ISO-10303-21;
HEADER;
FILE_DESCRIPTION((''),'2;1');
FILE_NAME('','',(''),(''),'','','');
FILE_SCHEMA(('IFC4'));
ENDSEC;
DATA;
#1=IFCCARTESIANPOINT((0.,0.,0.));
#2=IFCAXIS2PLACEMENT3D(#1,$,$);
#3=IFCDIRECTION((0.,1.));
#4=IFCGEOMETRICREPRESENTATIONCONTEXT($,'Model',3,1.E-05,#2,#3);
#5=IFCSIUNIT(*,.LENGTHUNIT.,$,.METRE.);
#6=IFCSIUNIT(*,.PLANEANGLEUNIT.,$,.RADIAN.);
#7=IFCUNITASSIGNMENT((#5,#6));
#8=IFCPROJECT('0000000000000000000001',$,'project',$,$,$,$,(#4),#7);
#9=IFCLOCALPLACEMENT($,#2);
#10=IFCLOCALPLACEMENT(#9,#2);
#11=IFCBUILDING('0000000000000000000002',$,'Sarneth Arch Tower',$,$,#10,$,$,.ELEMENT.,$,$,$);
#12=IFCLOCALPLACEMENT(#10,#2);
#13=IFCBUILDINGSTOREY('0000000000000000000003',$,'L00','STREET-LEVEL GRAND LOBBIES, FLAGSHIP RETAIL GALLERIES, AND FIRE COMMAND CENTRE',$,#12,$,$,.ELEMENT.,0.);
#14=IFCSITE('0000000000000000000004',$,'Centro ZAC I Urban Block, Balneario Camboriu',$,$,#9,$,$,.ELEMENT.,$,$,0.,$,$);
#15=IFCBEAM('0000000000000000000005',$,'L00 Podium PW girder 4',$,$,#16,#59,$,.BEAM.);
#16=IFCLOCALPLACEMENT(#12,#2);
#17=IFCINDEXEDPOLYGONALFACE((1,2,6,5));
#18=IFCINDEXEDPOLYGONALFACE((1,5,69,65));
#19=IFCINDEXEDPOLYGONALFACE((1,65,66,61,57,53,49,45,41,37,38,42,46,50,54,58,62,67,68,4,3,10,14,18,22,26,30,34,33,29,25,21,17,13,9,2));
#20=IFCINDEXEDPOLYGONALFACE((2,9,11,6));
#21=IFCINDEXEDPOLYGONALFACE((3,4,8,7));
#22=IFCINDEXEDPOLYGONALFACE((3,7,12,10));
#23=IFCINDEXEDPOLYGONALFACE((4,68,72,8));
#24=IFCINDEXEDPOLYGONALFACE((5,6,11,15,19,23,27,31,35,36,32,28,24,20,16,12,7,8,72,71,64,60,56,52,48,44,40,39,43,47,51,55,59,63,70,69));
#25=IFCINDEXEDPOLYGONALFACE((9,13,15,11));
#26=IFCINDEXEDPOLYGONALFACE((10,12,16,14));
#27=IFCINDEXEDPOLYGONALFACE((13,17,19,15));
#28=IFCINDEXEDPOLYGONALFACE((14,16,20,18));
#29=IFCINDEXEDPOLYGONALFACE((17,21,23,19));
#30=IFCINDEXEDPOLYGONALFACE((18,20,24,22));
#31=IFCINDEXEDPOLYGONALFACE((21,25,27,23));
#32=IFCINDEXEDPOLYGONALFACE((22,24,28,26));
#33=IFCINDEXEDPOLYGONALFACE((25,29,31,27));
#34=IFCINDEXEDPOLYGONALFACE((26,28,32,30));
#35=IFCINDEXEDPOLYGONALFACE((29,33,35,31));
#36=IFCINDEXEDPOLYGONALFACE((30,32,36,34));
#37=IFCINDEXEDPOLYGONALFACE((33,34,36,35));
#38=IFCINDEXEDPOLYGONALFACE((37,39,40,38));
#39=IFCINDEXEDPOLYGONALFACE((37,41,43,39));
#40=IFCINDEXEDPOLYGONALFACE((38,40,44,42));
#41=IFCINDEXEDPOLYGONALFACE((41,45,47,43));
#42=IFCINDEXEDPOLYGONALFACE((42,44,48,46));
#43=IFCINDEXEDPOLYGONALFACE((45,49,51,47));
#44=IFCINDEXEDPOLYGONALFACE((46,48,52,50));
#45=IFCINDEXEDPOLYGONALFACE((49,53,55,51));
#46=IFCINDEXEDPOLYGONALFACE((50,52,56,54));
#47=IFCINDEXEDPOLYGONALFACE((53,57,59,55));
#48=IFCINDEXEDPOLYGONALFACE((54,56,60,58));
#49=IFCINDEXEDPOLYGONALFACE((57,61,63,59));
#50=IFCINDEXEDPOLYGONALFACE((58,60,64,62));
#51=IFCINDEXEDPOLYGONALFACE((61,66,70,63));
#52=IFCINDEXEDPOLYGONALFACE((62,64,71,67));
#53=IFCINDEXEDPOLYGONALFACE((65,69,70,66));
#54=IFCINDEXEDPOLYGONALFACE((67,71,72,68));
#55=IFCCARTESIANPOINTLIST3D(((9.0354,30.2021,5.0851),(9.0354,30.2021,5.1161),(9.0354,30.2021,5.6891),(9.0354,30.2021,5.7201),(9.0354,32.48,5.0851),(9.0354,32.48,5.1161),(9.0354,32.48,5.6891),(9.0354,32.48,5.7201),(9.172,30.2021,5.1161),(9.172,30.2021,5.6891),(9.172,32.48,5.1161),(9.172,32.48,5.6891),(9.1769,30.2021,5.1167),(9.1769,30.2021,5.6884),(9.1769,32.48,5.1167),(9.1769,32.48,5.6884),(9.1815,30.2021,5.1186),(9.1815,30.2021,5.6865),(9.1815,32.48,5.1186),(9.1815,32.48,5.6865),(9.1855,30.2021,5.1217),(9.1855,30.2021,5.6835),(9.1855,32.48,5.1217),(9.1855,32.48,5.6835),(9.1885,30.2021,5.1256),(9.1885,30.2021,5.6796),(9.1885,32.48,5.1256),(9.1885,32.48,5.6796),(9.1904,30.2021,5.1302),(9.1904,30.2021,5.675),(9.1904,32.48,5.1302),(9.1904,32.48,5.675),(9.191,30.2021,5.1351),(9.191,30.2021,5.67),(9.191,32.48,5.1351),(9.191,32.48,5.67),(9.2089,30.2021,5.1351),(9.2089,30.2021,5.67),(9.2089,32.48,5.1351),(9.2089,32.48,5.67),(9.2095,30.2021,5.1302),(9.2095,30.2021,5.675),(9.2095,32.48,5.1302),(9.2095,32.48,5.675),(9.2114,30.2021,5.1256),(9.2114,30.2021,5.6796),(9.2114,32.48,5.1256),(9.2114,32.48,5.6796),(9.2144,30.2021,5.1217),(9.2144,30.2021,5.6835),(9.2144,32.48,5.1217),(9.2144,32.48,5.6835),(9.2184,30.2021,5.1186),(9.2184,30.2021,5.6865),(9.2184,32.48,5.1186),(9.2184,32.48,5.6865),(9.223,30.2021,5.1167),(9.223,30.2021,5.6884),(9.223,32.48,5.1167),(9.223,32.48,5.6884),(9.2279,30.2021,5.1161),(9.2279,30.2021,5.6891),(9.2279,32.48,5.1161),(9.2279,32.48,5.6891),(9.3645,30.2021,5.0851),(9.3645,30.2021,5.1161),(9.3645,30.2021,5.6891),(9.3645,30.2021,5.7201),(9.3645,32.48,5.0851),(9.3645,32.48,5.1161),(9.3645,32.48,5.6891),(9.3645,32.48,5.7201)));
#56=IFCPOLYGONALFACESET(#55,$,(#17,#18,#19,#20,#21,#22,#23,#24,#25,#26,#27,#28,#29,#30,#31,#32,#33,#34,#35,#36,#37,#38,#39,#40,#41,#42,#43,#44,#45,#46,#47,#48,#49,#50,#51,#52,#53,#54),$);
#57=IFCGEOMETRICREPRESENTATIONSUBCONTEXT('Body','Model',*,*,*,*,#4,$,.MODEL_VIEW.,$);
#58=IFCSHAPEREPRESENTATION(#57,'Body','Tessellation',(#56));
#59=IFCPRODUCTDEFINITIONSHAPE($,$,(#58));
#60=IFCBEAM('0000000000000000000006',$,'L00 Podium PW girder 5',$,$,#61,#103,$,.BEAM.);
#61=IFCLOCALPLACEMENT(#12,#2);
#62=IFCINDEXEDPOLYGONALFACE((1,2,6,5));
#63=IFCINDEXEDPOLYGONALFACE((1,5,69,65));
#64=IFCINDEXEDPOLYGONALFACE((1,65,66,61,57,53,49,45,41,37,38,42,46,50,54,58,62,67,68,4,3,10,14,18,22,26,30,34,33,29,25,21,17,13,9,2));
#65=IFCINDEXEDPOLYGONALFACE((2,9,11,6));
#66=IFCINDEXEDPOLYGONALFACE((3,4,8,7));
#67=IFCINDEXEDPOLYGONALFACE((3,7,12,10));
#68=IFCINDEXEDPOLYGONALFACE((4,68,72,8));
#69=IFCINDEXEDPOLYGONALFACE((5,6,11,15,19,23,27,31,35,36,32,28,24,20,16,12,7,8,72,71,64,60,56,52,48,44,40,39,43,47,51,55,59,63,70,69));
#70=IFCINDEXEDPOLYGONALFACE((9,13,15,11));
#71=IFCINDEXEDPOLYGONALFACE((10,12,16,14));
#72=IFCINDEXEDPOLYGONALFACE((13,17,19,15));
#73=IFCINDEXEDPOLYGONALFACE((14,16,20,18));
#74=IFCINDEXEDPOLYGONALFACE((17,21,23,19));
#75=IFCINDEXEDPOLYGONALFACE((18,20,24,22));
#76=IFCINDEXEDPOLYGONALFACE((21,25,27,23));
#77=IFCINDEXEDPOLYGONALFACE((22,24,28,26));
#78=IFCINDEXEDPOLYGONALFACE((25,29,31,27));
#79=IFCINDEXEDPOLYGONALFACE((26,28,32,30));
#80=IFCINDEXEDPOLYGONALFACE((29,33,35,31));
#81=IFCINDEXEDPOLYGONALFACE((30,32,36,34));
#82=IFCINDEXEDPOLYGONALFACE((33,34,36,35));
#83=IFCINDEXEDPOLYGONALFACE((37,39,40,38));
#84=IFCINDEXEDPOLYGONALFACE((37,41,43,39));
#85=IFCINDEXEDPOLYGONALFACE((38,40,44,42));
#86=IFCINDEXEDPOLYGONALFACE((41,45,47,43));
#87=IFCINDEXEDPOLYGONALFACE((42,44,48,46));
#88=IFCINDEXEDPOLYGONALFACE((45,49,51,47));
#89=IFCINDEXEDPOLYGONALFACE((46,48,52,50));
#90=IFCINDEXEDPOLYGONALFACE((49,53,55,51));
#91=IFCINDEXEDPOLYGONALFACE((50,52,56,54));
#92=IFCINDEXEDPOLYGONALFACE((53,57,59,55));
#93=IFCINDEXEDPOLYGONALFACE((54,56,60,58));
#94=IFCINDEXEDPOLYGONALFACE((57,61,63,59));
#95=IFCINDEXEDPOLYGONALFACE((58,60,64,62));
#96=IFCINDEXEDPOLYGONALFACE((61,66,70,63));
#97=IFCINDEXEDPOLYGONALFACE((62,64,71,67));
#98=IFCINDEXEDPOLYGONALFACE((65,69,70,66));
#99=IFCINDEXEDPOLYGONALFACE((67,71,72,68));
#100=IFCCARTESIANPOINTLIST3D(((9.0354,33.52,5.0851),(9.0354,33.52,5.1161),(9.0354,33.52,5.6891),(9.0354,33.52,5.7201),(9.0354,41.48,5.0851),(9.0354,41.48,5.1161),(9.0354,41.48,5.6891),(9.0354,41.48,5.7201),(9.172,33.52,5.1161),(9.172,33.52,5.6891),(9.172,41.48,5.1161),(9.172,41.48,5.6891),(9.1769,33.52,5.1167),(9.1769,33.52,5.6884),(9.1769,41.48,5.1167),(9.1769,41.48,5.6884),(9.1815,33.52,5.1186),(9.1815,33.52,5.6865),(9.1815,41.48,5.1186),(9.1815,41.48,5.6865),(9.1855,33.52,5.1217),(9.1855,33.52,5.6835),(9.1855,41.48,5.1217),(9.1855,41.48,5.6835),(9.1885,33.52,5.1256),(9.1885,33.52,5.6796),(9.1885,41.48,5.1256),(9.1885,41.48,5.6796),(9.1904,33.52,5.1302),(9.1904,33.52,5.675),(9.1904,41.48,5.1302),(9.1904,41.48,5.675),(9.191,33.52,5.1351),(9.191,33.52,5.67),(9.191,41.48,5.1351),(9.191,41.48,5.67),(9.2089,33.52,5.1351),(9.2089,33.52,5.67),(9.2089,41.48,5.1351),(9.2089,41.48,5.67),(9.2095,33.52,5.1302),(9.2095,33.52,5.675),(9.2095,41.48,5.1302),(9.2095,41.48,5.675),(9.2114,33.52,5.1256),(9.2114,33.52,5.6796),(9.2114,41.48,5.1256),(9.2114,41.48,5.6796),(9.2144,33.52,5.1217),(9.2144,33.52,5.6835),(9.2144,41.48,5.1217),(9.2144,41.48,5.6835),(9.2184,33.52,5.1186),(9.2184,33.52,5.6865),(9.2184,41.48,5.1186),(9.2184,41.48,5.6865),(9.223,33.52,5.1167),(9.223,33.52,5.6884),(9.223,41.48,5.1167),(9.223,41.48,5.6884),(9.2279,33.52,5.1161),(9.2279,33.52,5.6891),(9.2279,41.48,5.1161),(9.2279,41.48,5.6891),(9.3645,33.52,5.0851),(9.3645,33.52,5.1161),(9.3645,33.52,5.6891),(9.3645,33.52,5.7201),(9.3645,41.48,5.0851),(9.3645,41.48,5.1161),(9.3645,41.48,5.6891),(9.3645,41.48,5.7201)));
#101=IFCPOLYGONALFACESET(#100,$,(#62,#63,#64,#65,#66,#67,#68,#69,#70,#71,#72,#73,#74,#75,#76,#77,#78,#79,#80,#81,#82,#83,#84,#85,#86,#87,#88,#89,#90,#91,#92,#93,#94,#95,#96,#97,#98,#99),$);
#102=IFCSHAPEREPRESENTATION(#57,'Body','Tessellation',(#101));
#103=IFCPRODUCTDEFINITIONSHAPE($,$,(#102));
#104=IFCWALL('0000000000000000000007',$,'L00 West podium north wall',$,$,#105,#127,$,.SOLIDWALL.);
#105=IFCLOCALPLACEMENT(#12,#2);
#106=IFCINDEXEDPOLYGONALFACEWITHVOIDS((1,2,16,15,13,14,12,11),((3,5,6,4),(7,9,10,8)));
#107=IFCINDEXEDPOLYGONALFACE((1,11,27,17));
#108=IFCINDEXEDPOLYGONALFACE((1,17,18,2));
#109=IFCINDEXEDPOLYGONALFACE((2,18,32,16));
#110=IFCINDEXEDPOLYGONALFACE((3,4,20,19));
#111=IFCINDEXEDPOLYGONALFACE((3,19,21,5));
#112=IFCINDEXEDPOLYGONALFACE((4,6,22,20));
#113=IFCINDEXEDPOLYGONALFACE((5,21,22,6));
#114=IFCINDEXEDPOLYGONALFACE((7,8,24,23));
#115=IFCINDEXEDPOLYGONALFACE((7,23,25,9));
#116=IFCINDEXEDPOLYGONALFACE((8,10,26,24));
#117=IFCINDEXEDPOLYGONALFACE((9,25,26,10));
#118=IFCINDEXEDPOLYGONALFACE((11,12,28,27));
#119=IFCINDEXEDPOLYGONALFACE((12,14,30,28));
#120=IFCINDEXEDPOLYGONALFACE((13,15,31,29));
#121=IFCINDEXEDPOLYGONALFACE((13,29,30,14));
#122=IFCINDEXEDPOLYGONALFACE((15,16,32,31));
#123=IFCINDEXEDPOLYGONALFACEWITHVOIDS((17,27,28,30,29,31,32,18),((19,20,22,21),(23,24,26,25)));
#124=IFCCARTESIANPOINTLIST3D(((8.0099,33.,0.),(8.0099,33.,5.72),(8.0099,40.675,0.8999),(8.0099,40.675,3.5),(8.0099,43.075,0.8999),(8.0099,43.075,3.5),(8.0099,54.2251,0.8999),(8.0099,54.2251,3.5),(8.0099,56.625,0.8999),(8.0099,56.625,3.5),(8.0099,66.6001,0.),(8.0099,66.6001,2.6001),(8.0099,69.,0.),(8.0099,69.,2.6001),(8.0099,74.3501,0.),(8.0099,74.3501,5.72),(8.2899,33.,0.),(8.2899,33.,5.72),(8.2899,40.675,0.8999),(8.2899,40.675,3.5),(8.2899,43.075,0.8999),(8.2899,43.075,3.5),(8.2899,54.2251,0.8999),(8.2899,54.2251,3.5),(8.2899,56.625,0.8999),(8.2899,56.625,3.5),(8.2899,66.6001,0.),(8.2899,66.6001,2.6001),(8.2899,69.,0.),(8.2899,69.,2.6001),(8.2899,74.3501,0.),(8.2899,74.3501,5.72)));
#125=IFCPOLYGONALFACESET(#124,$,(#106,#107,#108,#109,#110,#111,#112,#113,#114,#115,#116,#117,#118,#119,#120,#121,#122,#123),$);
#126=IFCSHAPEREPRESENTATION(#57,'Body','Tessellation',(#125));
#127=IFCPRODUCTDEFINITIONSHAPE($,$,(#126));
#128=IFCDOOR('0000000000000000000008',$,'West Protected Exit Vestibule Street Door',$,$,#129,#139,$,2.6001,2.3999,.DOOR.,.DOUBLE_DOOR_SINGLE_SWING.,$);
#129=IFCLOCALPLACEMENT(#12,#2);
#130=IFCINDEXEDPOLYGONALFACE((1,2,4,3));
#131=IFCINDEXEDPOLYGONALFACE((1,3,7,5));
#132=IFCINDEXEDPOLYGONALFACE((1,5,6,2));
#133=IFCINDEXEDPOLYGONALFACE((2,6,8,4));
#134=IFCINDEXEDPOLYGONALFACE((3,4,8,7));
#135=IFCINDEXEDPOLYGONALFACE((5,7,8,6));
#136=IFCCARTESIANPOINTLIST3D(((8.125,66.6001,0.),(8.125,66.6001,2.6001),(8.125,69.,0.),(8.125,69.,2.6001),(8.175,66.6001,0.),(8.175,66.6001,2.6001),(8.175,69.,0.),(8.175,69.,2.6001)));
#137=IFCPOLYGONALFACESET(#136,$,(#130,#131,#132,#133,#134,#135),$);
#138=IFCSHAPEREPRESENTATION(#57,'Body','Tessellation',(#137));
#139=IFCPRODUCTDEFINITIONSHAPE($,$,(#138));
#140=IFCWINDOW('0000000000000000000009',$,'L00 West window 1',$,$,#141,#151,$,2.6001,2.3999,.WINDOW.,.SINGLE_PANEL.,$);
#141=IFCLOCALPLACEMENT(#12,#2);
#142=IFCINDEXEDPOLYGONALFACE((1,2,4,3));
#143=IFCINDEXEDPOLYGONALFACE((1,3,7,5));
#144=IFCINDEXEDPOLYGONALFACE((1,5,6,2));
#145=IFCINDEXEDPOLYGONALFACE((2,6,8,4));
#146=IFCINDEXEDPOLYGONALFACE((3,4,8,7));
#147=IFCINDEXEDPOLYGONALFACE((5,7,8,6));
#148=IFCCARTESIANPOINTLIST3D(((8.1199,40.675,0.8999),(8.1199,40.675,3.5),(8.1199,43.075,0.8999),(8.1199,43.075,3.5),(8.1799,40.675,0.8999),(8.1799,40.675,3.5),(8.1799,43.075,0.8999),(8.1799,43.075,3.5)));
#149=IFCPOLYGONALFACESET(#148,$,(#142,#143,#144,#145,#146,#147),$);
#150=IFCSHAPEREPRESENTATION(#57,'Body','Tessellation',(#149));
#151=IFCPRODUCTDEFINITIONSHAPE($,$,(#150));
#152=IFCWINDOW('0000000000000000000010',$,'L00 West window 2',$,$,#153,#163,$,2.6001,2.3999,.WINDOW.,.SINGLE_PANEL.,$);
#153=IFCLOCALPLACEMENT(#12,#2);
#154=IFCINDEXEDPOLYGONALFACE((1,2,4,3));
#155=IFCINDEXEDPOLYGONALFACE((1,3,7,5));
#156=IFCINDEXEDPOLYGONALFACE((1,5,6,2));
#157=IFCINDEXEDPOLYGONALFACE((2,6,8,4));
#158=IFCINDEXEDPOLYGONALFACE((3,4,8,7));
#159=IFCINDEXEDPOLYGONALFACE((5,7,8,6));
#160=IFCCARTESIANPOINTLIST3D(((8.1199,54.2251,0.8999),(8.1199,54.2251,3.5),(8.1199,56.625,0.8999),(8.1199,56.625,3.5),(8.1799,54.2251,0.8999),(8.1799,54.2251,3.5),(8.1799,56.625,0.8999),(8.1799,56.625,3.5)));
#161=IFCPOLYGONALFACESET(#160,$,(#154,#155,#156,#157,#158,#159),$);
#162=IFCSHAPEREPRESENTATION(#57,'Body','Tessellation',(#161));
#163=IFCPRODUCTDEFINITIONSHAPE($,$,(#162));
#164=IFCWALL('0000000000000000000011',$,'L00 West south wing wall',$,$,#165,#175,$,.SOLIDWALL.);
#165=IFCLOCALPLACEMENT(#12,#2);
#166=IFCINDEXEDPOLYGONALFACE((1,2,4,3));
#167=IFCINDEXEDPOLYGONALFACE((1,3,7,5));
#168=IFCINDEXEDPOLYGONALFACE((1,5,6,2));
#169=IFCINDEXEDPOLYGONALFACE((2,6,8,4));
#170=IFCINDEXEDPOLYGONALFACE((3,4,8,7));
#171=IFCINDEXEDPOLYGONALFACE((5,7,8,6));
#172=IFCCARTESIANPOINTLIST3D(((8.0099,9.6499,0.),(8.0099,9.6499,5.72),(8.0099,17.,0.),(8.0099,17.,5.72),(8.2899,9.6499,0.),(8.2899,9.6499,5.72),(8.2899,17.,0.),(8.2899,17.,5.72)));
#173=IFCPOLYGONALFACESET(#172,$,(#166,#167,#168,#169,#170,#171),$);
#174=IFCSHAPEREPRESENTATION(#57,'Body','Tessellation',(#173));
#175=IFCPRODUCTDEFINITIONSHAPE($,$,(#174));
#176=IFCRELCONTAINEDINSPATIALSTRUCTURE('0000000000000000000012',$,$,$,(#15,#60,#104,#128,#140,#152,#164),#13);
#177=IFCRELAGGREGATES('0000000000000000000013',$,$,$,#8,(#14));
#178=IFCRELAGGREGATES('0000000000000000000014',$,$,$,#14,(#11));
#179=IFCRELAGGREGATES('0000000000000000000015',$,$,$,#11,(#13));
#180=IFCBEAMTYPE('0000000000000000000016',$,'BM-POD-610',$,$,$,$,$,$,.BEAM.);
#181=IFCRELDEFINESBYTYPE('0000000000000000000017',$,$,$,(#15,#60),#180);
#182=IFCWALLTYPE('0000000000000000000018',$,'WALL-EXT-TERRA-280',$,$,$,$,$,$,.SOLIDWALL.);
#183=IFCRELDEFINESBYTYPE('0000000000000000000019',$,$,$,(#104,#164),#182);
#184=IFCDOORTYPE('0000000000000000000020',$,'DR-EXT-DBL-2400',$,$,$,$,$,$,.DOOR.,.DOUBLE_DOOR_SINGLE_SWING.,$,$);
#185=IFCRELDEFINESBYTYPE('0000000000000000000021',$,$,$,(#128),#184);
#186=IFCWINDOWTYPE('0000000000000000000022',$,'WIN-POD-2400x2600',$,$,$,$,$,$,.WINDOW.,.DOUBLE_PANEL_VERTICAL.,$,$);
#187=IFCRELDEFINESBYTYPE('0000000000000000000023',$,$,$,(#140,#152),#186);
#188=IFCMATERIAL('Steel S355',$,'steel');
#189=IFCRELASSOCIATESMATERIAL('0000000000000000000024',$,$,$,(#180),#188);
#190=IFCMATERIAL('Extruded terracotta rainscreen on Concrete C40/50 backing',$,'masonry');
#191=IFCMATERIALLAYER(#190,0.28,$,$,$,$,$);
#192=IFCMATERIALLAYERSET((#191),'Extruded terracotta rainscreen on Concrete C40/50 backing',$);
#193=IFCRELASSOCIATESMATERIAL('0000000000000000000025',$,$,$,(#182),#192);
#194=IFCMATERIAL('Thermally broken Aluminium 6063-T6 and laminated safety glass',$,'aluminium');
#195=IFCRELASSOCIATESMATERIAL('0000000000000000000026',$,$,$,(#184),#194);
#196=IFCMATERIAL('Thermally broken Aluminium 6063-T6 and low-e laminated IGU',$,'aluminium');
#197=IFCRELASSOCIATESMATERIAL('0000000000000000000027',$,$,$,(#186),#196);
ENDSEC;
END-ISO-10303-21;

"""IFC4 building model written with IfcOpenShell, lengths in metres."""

from ifc_helpers import new_model, si_unit, direction, frame, frame_2d, origin, origin_2d, place, context, subcontext, project, spatial, rectangle, i_section, extrude, material, layer, layer_set, material_profile, profile_set, type_object, element, fill, save


model = new_model("IFC4")

# Units and contexts
model_context = context("Model", 3, precision=1e-05, world=origin(), true_north=direction((0.0, 1.0)))
body_context = subcontext(model_context, "Body", "Model", "MODEL_VIEW")
ifc_project = project(units=[si_unit("LENGTHUNIT", "METRE"), si_unit("PLANEANGLEUNIT", "RADIAN")], contexts=[model_context])

# Site, building, storey
site_placement = place(None, origin())
site = spatial("IfcSite", under=ifc_project, at=site_placement, Name="Centro ZAC I Urban Block, Balneario Camboriu", CompositionType="ELEMENT", RefElevation=0.0)
building_placement = place(site_placement, origin())
building = spatial("IfcBuilding", under=site, at=building_placement, Name="Sarneth Arch Tower", CompositionType="ELEMENT")
storey_placement = place(building_placement, origin())
storey = spatial("IfcBuildingStorey", under=building, at=storey_placement, Name="L00", Description="STREET-LEVEL GRAND LOBBIES, FLAGSHIP RETAIL GALLERIES, AND FIRE COMMAND CENTRE", CompositionType="ELEMENT", Elevation=0.0)

# Beams
ifc_material_1 = material(Name="Steel S355", Category="steel")
ifc_material_profile_1 = material_profile(ifc_material_1, i_section(OverallWidth=0.3291, OverallDepth=0.635, WebThickness=0.0178, FlangeThickness=0.031, FilletRadius=0.019, at=origin_2d()), Name="W610x241")
ifc_profile_set_1 = profile_set([ifc_material_profile_1], Name="Steel S355")
beam_type_1 = type_object("IfcBeamType", Name="BM-POD-610", PredefinedType="BEAM", material=ifc_profile_set_1)
beam_1_placement = place(storey_placement, frame((9.2, 30.2021, 5.4026), z_axis=(0.0, 1.0, 0.0), x_axis=(-1.0, 0.0, 0.0)))
element("IfcBeam", 1, at=beam_1_placement, inside=storey, type_object=beam_type_1, Name="L00 Podium PW girder 4", PredefinedType="BEAM", context=body_context, shape_type="SweptSolid", body=[
    extrude(i_section(OverallWidth=0.3291, OverallDepth=0.635, WebThickness=0.0178, FlangeThickness=0.031, FilletRadius=0.019, at=origin_2d()), origin(), (0.0, 0.0, 1.0), 2.2778),
])
beam_2_placement = place(storey_placement, frame((9.2, 33.52, 5.4026), z_axis=(0.0, 1.0, 0.0), x_axis=(-1.0, 0.0, 0.0)))
element("IfcBeam", 2, at=beam_2_placement, inside=storey, type_object=beam_type_1, Name="L00 Podium PW girder 5", PredefinedType="BEAM", context=body_context, shape_type="SweptSolid", body=[
    extrude(i_section(OverallWidth=0.3291, OverallDepth=0.635, WebThickness=0.0178, FlangeThickness=0.031, FilletRadius=0.019, at=origin_2d()), origin(), (0.0, 0.0, 1.0), 7.96),
])

# Wall, openings, door, windows
ifc_material_2 = material(Name="Extruded terracotta rainscreen on Concrete C40/50 backing", Category="masonry")
ifc_layer = layer(ifc_material_2, 0.28)
ifc_layer_set = layer_set([ifc_layer], Name="Extruded terracotta rainscreen on Concrete C40/50 backing")
wall_type = type_object("IfcWallType", Name="WALL-EXT-TERRA-280", PredefinedType="SOLIDWALL", material=ifc_layer_set)
wall_1_placement = place(storey_placement, frame((8.1499, 33.0, 0.0), z_axis=(0.0, 0.0, 1.0), x_axis=(0.0, 1.0, 0.0)))
wall_1 = element("IfcWall", 3, at=wall_1_placement, inside=storey, type_object=wall_type, Name="L00 West podium north wall", PredefinedType="SOLIDWALL", context=body_context, shape_type="SweptSolid", body=[
    extrude(rectangle(XDim=41.3501, YDim=0.28, at=frame_2d((20.675, 0.0))), origin(), (0.0, 0.0, 1.0), 5.72),
])
opening_1_placement = place(wall_1_placement, frame((33.6001, 0.0, 0.0)))
opening_1 = element("IfcOpeningElement", 4, at=opening_1_placement, cuts=wall_1, PredefinedType="OPENING", context=body_context, shape_type="SweptSolid", body=[
    extrude(rectangle(XDim=2.3999, YDim=2.6001, at=frame_2d((1.2, 1.3))), frame((0.0, 0.1499, 0.0), z_axis=(0.0, -1.0, 0.0), x_axis=(1.0, 0.0, 0.0)), (0.0, 0.0, 1.0), 0.3),
])
opening_2_placement = place(wall_1_placement, frame((7.675, 0.0, 0.8999)))
opening_2 = element("IfcOpeningElement", 5, at=opening_2_placement, cuts=wall_1, PredefinedType="OPENING", context=body_context, shape_type="SweptSolid", body=[
    extrude(rectangle(XDim=2.3999, YDim=2.6001, at=frame_2d((1.2, 1.3))), frame((0.0, 0.1499, 0.0), z_axis=(0.0, -1.0, 0.0), x_axis=(1.0, 0.0, 0.0)), (0.0, 0.0, 1.0), 0.3),
])
opening_3_placement = place(wall_1_placement, frame((21.2251, 0.0, 0.8999)))
opening_3 = element("IfcOpeningElement", 6, at=opening_3_placement, cuts=wall_1, PredefinedType="OPENING", context=body_context, shape_type="SweptSolid", body=[
    extrude(rectangle(XDim=2.3999, YDim=2.6001, at=frame_2d((1.2, 1.3))), frame((0.0, 0.1499, 0.0), z_axis=(0.0, -1.0, 0.0), x_axis=(1.0, 0.0, 0.0)), (0.0, 0.0, 1.0), 0.3),
])
ifc_material_3 = material(Name="Thermally broken Aluminium 6063-T6 and laminated safety glass", Category="aluminium")
door_type = type_object("IfcDoorType", Name="DR-EXT-DBL-2400", OperationType="DOUBLE_DOOR_SINGLE_SWING", PredefinedType="DOOR", material=ifc_material_3)
door_1_placement = place(opening_1_placement, origin())
door_1 = element("IfcDoor", 7, at=door_1_placement, inside=storey, type_object=door_type, Name="West Protected Exit Vestibule Street Door", OperationType="DOUBLE_DOOR_SINGLE_SWING", OverallHeight=2.6001, OverallWidth=2.3999, PredefinedType="DOOR", context=body_context, shape_type="SweptSolid", body=[
    extrude(rectangle(XDim=2.3999, YDim=2.6001, at=frame_2d((1.2, 1.3))), frame((0.0, 0.0249, 0.0), z_axis=(0.0, -1.0, 0.0), x_axis=(1.0, 0.0, 0.0)), (0.0, 0.0, 1.0), 0.05),
])
fill(opening_1, door_1)
ifc_material_4 = material(Name="Thermally broken Aluminium 6063-T6 and low-e laminated IGU", Category="aluminium")
window_type = type_object("IfcWindowType", Name="WIN-POD-2400x2600", PartitioningType="DOUBLE_PANEL_VERTICAL", PredefinedType="WINDOW", material=ifc_material_4)
window_1_placement = place(opening_2_placement, origin())
window_1 = element("IfcWindow", 8, at=window_1_placement, inside=storey, type_object=window_type, Name="L00 West window 1", OverallHeight=2.6001, OverallWidth=2.3999, PartitioningType="SINGLE_PANEL", PredefinedType="WINDOW", context=body_context, shape_type="SweptSolid", body=[
    extrude(rectangle(XDim=2.3999, YDim=2.6001, at=frame_2d((1.2, 1.3))), frame((0.0, 0.03, 0.0), z_axis=(0.0, -1.0, 0.0), x_axis=(1.0, 0.0, 0.0)), (0.0, 0.0, 1.0), 0.0601),
])
fill(opening_2, window_1)
window_2_placement = place(opening_3_placement, origin())
window_2 = element("IfcWindow", 9, at=window_2_placement, inside=storey, type_object=window_type, Name="L00 West window 2", OverallHeight=2.6001, OverallWidth=2.3999, PartitioningType="SINGLE_PANEL", PredefinedType="WINDOW", context=body_context, shape_type="SweptSolid", body=[
    extrude(rectangle(XDim=2.3999, YDim=2.6001, at=frame_2d((1.2, 1.3))), frame((0.0, 0.03, 0.0), z_axis=(0.0, -1.0, 0.0), x_axis=(1.0, 0.0, 0.0)), (0.0, 0.0, 1.0), 0.0601),
])
fill(opening_3, window_2)

# Wall
wall_2_placement = place(storey_placement, frame((8.1499, 17.0, 0.0), z_axis=(0.0, 0.0, 1.0), x_axis=(0.0, -1.0, 0.0)))
element("IfcWall", 10, at=wall_2_placement, inside=storey, type_object=wall_type, Name="L00 West south wing wall", PredefinedType="SOLIDWALL", context=body_context, shape_type="SweptSolid", body=[
    extrude(rectangle(XDim=7.3501, YDim=0.28, at=frame_2d((3.675, 0.0))), origin(), (0.0, 0.0, 1.0), 5.72),
])

save(model, "model.ifc")
